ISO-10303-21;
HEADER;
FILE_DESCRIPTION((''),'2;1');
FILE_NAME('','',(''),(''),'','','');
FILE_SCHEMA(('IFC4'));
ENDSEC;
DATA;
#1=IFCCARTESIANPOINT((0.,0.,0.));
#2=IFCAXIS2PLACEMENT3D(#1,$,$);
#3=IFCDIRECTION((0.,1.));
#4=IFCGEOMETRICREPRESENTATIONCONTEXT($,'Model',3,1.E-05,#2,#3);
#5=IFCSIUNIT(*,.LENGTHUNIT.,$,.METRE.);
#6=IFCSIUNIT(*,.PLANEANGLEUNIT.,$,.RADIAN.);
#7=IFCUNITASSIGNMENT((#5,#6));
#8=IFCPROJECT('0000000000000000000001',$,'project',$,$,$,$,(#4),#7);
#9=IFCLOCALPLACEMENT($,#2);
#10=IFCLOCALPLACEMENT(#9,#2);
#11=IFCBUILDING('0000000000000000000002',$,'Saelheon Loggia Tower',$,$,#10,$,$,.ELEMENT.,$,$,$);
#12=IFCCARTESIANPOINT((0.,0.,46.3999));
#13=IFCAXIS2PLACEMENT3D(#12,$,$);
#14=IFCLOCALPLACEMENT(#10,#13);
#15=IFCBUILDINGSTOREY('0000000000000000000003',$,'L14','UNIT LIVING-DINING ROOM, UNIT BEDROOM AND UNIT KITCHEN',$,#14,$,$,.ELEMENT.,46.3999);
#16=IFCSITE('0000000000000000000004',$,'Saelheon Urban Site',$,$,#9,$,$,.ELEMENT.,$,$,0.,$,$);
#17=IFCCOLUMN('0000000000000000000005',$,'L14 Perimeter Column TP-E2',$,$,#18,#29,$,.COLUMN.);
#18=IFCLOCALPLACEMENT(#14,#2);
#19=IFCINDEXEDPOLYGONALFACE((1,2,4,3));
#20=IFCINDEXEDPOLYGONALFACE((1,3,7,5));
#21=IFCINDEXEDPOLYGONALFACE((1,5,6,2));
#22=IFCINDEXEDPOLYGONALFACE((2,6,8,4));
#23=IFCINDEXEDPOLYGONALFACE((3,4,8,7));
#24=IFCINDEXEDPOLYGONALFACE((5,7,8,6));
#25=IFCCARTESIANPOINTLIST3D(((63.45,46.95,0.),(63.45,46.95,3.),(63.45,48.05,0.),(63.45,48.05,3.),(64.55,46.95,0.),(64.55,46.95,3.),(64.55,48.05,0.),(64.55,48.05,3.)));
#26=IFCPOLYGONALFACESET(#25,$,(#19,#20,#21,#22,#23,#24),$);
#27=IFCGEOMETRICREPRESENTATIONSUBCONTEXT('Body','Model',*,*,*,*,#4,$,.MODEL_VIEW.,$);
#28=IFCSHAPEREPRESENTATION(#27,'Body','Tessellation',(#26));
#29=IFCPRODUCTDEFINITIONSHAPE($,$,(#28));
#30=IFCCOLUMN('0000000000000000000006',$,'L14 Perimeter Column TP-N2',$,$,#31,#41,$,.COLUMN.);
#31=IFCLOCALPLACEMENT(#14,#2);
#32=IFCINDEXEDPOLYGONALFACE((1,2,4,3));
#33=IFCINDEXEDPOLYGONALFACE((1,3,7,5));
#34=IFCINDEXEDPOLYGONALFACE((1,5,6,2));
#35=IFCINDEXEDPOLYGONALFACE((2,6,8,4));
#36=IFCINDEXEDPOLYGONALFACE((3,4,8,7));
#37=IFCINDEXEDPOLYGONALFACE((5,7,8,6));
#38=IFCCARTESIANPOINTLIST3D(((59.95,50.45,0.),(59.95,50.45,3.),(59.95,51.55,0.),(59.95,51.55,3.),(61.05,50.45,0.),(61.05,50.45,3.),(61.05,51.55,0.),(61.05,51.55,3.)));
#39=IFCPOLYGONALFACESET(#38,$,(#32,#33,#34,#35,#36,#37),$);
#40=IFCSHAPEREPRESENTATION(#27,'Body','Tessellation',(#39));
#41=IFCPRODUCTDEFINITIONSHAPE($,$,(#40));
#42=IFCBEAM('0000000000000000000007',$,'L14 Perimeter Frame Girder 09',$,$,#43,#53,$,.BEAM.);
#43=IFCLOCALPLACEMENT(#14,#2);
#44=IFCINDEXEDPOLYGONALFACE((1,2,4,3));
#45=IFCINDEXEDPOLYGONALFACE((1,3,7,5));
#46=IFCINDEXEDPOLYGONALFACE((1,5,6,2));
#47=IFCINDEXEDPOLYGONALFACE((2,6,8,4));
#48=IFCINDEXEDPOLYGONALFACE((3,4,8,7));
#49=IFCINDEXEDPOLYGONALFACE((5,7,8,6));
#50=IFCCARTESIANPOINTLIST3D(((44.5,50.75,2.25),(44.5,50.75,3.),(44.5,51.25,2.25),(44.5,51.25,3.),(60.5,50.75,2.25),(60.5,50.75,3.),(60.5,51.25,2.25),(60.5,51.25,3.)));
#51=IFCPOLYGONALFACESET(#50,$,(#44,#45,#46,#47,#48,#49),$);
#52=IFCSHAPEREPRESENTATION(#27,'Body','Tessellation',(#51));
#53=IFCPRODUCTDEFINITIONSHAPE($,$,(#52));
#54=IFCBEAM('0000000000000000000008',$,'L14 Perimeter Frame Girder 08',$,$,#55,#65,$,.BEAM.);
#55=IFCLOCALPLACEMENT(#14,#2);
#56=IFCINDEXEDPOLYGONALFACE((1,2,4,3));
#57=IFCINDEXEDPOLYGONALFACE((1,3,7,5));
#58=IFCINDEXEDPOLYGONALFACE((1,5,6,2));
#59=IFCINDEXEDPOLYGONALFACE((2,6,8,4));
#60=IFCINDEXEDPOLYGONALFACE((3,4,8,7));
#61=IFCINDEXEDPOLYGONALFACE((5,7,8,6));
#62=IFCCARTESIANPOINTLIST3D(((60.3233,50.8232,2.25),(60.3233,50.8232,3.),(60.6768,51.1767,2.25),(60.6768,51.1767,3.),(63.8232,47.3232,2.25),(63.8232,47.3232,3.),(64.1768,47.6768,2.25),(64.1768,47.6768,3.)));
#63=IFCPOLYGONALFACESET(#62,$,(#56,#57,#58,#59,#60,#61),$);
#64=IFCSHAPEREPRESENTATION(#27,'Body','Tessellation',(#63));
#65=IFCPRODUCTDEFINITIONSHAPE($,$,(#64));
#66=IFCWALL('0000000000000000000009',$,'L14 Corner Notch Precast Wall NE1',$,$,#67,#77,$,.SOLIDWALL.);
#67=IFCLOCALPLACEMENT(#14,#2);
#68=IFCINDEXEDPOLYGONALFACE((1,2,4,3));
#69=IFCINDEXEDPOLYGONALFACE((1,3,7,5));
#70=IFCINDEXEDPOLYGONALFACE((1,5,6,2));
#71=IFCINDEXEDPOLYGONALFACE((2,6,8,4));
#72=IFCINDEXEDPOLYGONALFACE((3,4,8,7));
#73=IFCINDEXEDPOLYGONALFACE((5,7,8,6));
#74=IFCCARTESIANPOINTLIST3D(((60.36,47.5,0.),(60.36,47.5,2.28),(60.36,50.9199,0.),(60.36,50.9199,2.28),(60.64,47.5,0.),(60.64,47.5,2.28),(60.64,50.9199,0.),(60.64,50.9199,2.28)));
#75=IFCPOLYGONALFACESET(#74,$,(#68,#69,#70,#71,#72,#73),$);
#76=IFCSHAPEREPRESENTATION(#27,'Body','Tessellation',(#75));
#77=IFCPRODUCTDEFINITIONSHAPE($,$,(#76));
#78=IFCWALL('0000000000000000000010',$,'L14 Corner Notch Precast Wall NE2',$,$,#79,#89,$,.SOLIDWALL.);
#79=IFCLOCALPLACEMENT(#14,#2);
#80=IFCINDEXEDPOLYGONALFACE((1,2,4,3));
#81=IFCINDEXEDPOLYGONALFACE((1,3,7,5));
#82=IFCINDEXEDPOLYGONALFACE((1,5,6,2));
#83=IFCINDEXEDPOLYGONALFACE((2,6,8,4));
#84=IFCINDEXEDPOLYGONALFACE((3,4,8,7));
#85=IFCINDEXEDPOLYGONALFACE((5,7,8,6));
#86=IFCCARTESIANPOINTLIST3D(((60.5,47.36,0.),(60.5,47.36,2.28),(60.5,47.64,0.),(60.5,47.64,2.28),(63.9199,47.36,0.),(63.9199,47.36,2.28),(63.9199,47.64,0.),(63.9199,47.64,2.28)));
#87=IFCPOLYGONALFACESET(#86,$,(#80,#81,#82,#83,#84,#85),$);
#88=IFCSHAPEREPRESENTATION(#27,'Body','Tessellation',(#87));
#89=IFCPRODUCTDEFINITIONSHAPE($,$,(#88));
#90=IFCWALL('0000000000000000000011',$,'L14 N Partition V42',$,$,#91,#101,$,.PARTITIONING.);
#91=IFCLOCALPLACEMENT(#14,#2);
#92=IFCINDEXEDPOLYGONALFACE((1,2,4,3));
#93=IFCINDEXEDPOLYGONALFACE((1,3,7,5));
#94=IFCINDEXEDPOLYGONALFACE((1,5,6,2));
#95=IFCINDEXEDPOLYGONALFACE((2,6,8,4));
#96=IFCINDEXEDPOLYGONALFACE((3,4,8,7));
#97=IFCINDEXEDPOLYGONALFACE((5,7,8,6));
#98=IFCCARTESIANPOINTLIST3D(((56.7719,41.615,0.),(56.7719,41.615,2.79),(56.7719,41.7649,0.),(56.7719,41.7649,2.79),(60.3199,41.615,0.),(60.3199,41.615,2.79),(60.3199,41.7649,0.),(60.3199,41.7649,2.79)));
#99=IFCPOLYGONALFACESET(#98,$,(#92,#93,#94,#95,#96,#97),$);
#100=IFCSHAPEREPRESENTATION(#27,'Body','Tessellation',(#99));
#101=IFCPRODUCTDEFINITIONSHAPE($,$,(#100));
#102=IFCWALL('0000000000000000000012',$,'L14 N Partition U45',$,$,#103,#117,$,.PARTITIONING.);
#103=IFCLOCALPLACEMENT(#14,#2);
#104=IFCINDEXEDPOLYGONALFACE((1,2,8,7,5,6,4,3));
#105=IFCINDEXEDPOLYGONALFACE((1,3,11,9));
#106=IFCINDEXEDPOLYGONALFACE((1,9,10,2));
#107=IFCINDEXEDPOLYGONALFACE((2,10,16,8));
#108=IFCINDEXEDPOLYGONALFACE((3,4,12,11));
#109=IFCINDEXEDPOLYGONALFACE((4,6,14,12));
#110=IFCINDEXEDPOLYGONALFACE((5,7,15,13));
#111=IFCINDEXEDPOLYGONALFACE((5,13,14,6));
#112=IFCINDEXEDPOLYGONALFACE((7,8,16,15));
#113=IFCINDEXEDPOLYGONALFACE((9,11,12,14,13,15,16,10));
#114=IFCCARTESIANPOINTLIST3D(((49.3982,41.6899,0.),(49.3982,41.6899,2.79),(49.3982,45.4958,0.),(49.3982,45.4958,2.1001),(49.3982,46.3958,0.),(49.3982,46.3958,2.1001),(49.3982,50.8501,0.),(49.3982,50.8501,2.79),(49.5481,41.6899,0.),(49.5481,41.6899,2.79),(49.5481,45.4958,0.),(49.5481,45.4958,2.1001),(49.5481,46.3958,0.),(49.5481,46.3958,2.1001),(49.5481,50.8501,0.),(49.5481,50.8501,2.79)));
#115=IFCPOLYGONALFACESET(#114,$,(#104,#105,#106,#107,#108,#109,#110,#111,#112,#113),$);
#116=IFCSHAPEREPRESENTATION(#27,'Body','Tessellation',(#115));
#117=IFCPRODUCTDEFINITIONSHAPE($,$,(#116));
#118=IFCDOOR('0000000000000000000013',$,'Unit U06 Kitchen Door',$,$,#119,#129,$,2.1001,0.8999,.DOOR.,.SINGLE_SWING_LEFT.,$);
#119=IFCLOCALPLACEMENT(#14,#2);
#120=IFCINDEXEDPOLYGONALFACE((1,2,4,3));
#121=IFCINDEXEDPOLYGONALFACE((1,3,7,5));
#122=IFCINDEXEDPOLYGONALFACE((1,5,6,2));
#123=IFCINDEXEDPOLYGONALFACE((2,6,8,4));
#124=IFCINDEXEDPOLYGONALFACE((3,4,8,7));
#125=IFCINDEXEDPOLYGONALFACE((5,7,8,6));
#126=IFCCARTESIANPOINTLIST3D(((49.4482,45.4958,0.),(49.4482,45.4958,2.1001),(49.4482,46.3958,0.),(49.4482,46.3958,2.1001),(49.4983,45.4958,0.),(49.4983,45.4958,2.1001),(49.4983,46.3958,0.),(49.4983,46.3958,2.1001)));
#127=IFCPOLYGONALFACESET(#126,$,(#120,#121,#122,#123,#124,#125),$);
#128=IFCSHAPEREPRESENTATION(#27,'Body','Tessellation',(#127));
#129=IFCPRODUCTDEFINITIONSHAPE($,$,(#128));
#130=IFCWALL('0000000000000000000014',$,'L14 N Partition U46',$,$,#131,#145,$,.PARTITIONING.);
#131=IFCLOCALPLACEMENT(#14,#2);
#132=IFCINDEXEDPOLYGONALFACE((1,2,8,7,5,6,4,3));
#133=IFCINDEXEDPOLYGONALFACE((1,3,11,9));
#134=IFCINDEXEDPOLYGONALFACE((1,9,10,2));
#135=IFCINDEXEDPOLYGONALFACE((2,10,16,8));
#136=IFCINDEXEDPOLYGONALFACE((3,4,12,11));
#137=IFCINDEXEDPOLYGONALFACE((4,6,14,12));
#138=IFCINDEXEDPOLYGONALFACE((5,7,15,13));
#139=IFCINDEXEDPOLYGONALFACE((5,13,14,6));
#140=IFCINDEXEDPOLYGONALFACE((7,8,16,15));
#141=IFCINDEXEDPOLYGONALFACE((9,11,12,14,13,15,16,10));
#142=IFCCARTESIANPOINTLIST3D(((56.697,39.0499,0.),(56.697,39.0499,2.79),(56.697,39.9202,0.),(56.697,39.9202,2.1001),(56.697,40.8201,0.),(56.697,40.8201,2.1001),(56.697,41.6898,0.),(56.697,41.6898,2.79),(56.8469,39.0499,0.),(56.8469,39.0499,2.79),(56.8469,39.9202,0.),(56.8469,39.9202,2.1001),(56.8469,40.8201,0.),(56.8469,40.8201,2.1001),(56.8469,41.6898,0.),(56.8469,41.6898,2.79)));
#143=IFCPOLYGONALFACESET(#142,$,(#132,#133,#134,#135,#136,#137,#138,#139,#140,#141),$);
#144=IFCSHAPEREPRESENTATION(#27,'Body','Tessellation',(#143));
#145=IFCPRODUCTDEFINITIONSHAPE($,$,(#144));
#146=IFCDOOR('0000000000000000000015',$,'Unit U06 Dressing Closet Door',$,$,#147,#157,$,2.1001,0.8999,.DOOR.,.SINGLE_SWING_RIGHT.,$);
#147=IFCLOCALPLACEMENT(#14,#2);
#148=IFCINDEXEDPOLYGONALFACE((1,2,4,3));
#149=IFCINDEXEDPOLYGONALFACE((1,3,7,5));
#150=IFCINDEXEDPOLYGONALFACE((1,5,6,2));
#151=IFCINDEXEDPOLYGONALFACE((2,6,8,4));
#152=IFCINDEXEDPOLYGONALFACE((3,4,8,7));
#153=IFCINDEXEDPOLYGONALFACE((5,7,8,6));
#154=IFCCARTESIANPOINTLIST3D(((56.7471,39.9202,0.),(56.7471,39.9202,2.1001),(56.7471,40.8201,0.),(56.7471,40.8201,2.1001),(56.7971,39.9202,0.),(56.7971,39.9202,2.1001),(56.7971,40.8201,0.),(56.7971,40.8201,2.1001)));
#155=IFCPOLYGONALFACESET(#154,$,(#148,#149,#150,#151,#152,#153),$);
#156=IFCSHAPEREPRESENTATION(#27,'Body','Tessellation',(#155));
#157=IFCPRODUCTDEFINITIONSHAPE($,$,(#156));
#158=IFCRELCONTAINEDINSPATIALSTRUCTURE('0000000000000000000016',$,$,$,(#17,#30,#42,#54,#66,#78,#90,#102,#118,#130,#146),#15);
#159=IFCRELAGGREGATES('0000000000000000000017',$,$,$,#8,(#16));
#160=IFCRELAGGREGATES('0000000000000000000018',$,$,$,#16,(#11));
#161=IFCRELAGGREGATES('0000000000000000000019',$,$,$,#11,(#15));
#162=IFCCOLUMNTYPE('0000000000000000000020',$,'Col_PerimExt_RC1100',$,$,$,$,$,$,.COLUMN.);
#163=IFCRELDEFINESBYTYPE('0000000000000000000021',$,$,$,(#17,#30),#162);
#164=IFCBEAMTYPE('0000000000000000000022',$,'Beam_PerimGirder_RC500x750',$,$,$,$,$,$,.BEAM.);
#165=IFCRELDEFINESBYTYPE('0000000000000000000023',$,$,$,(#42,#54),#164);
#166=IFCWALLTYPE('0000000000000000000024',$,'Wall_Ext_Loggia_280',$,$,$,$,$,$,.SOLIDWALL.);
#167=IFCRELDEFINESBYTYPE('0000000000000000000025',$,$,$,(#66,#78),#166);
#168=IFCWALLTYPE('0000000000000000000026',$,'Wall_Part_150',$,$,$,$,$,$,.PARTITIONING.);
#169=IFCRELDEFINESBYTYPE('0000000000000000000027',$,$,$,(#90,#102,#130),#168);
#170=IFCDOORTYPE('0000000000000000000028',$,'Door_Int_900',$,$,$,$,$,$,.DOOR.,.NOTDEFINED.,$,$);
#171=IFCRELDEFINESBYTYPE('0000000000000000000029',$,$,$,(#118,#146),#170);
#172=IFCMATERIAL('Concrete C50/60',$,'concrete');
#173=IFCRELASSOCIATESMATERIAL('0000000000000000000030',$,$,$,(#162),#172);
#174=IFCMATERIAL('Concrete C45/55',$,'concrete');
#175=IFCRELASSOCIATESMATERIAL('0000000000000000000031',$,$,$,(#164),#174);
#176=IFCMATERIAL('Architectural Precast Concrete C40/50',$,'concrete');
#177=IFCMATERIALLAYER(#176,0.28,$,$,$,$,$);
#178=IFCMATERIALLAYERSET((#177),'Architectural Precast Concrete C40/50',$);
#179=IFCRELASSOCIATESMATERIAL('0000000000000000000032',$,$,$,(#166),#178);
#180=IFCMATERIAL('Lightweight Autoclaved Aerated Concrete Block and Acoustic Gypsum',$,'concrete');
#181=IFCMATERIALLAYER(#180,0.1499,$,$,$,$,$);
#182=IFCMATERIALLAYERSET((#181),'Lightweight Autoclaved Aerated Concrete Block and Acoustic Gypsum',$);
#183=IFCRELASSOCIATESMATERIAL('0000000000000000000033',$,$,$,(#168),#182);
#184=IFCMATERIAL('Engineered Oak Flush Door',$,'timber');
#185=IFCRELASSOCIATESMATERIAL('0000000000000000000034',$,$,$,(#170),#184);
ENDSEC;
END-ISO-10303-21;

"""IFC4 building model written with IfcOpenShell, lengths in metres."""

from ifc_helpers import new_model, si_unit, direction, frame, frame_2d, origin, origin_2d, place, context, subcontext, project, spatial, rectangle, extrude, source, transform, mapped, material, layer, layer_set, material_profile, profile_set, type_object, element, fill, save


model = new_model("IFC4")

# Units and contexts
model_context = context("Model", 3, precision=1e-05, world=origin(), true_north=direction((0.0, 1.0)))
body_context = subcontext(model_context, "Body", "Model", "MODEL_VIEW")
ifc_project = project(units=[si_unit("LENGTHUNIT", "METRE"), si_unit("PLANEANGLEUNIT", "RADIAN")], contexts=[model_context])

# Site, building, storey
site_placement = place(None, origin())
site = spatial("IfcSite", under=ifc_project, at=site_placement, Name="Saelheon Urban Site", CompositionType="ELEMENT", RefElevation=0.0)
building_placement = place(site_placement, origin())
building = spatial("IfcBuilding", under=site, at=building_placement, Name="Saelheon Loggia Tower", CompositionType="ELEMENT")
storey_placement = place(building_placement, frame((0.0, 0.0, 46.3999)))
storey = spatial("IfcBuildingStorey", under=building, at=storey_placement, Name="L14", Description="UNIT LIVING-DINING ROOM, UNIT BEDROOM AND UNIT KITCHEN", CompositionType="ELEMENT", Elevation=46.3999)

# Columns
ifc_material_1 = material(Name="Concrete C50/60", Category="concrete")
ifc_material_profile_1 = material_profile(ifc_material_1, rectangle(XDim=1.1001, YDim=1.1001, at=origin_2d()), Name="RC-1100x1100")
ifc_profile_set_1 = profile_set([ifc_material_profile_1], Name="Concrete C50/60")
column_type = type_object("IfcColumnType", Name="Col_PerimExt_RC1100", PredefinedType="COLUMN", material=ifc_profile_set_1)
shared_shape_1 = source(origin(), body_context, "Body", "SweptSolid", [
    extrude(rectangle(XDim=1.1001, YDim=1.1001, at=origin_2d()), origin(), (0.0, 0.0, 1.0), 3.0),
])
for number, where, z_axis, x_axis, name in (
    (1, (64.0, 47.5, 0.0), (0.0, 0.0, 1.0), (1.0, 0.0, 0.0), "L14 Perimeter Column TP-E2"),
    (2, (60.5, 51.0, 0.0), (0.0, 0.0, 1.0), (1.0, 0.0, 0.0), "L14 Perimeter Column TP-N2"),
):
    element("IfcColumn", number, at=place(storey_placement, frame(where, z_axis=z_axis, x_axis=x_axis)), inside=storey, type_object=column_type, Name=name, PredefinedType="COLUMN", context=body_context, shape_type="MappedRepresentation", body=[
        mapped(shared_shape_1, transform((0.0, 0.0, 0.0), scale=1.0)),
    ])

# Beams
ifc_material_2 = material(Name="Concrete C45/55", Category="concrete")
ifc_material_profile_2 = material_profile(ifc_material_2, rectangle(XDim=0.5, YDim=0.75, at=origin_2d()), Name="RC-500x750")
ifc_profile_set_2 = profile_set([ifc_material_profile_2], Name="Concrete C45/55")
beam_type = type_object("IfcBeamType", Name="Beam_PerimGirder_RC500x750", PredefinedType="BEAM", material=ifc_profile_set_2)
shared_shape_2 = source(origin(), body_context, "Body", "SweptSolid", [
    extrude(rectangle(XDim=0.5, YDim=0.75, at=origin_2d()), origin(), (0.0, 0.0, 1.0), 16.0),
])
beam_1_placement = place(storey_placement, frame((60.5, 51.0, 2.625), z_axis=(-1.0, 0.0, 0.0), x_axis=(0.0, -1.0, 0.0)))
element("IfcBeam", 3, at=beam_1_placement, inside=storey, type_object=beam_type, Name="L14 Perimeter Frame Girder 09", PredefinedType="BEAM", context=body_context, shape_type="MappedRepresentation", body=[
    mapped(shared_shape_2, transform((0.0, 0.0, 0.0), scale=1.0)),
])
shared_shape_3 = source(origin(), body_context, "Body", "SweptSolid", [
    extrude(rectangle(XDim=0.5, YDim=0.75, at=origin_2d()), origin(), (0.0, 0.0, 1.0), 4.9497),
])
beam_2_placement = place(storey_placement, frame((64.0, 47.5, 2.625), z_axis=(-0.707107, 0.707107, 0.0), x_axis=(-0.707107, -0.707107, 0.0)))
element("IfcBeam", 4, at=beam_2_placement, inside=storey, type_object=beam_type, Name="L14 Perimeter Frame Girder 08", PredefinedType="BEAM", context=body_context, shape_type="MappedRepresentation", body=[
    mapped(shared_shape_3, transform((0.0, 0.0, 0.0), scale=1.0)),
])

# Walls
ifc_material_3 = material(Name="Architectural Precast Concrete C40/50", Category="concrete")
ifc_layer_1 = layer(ifc_material_3, 0.28)
ifc_layer_set_1 = layer_set([ifc_layer_1], Name="Architectural Precast Concrete C40/50")
wall_type_1 = type_object("IfcWallType", Name="Wall_Ext_Loggia_280", PredefinedType="SOLIDWALL", material=ifc_layer_set_1)
for number, where, z_axis, x_axis, name in (
    (5, (60.5, 47.5, 0.0), (0.0, 0.0, 1.0), (0.0, 1.0, 0.0), "L14 Corner Notch Precast Wall NE1"),
    (6, (60.5, 47.5, 0.0), (0.0, 0.0, 1.0), (1.0, 0.0, 0.0), "L14 Corner Notch Precast Wall NE2"),
):
    element("IfcWall", number, at=place(storey_placement, frame(where, z_axis=z_axis, x_axis=x_axis)), inside=storey, type_object=wall_type_1, Name=name, PredefinedType="SOLIDWALL", context=body_context, shape_type="SweptSolid", body=[
        extrude(rectangle(XDim=3.4199, YDim=0.28, at=frame_2d((1.71, 0.0))), origin(), (0.0, 0.0, 1.0), 2.28),
    ])
ifc_material_4 = material(Name="Lightweight Autoclaved Aerated Concrete Block and Acoustic Gypsum", Category="concrete")
ifc_layer_2 = layer(ifc_material_4, 0.1499)
ifc_layer_set_2 = layer_set([ifc_layer_2], Name="Lightweight Autoclaved Aerated Concrete Block and Acoustic Gypsum")
wall_type_2 = type_object("IfcWallType", Name="Wall_Part_150", PredefinedType="PARTITIONING", material=ifc_layer_set_2)
wall_1_placement = place(storey_placement, frame((56.772, 41.6899, 0.0), z_axis=(0.0, 0.0, 1.0), x_axis=(1.0, 0.0, 0.0)))
element("IfcWall", 7, at=wall_1_placement, inside=storey, type_object=wall_type_2, Name="L14 N Partition V42", PredefinedType="PARTITIONING", context=body_context, shape_type="SweptSolid", body=[
    extrude(rectangle(XDim=3.5481, YDim=0.1499, at=frame_2d((1.7739, 0.0))), origin(), (0.0, 0.0, 1.0), 2.79),
])

# Walls, openings, doors
wall_2_placement = place(storey_placement, frame((49.4731, 41.6899, 0.0), z_axis=(0.0, 0.0, 1.0), x_axis=(0.0, 1.0, 0.0)))
wall_2 = element("IfcWall", 8, at=wall_2_placement, inside=storey, type_object=wall_type_2, Name="L14 N Partition U45", PredefinedType="PARTITIONING", context=body_context, shape_type="SweptSolid", body=[
    extrude(rectangle(XDim=9.1602, YDim=0.1499, at=frame_2d((4.5801, 0.0))), origin(), (0.0, 0.0, 1.0), 2.79),
])
opening_1_placement = place(wall_2_placement, frame((3.8059, 0.0, 0.0)))
opening_1 = element("IfcOpeningElement", 9, at=opening_1_placement, cuts=wall_2, PredefinedType="OPENING", context=body_context, shape_type="SweptSolid", body=[
    extrude(rectangle(XDim=0.8999, YDim=2.1001, at=frame_2d((0.45, 1.05))), frame((0.0, 0.0869, 0.0), z_axis=(0.0, -1.0, 0.0), x_axis=(1.0, 0.0, 0.0)), (0.0, 0.0, 1.0), 0.1738),
])
ifc_material_5 = material(Name="Engineered Oak Flush Door", Category="timber")
door_type_1 = type_object("IfcDoorType", Name="Door_Int_900", OperationType="NOTDEFINED", PredefinedType="DOOR", material=ifc_material_5)
shared_shape_4 = source(origin(), body_context, "Body", "SweptSolid", [
    extrude(rectangle(XDim=0.8999, YDim=2.1001, at=frame_2d((0.45, 1.05))), frame((0.0, 0.0249, 0.0), z_axis=(0.0, -1.0, 0.0), x_axis=(1.0, 0.0, 0.0)), (0.0, 0.0, 1.0), 0.05),
])
door_1_placement = place(opening_1_placement, origin())
door_1 = element("IfcDoor", 10, at=door_1_placement, inside=storey, type_object=door_type_1, Name="Unit U06 Kitchen Door", OperationType="SINGLE_SWING_LEFT", OverallHeight=2.1001, OverallWidth=0.8999, PredefinedType="DOOR", context=body_context, shape_type="MappedRepresentation", body=[
    mapped(shared_shape_4, transform((0.0, 0.0, 0.0), scale=1.0)),
])
fill(opening_1, door_1)
wall_3_placement = place(storey_placement, frame((56.772, 39.05, 0.0), z_axis=(0.0, 0.0, 1.0), x_axis=(0.0, 1.0, 0.0)))
wall_3 = element("IfcWall", 11, at=wall_3_placement, inside=storey, type_object=wall_type_2, Name="L14 N Partition U46", PredefinedType="PARTITIONING", context=body_context, shape_type="SweptSolid", body=[
    extrude(rectangle(XDim=2.6399, YDim=0.1499, at=frame_2d((1.3198, 0.0))), origin(), (0.0, 0.0, 1.0), 2.79),
])
opening_2_placement = place(wall_3_placement, frame((0.8701, 0.0, 0.0)))
opening_2 = element("IfcOpeningElement", 12, at=opening_2_placement, cuts=wall_3, PredefinedType="OPENING", context=body_context, shape_type="SweptSolid", body=[
    extrude(rectangle(XDim=0.8999, YDim=2.1001, at=frame_2d((0.45, 1.05))), frame((0.0, 0.0869, 0.0), z_axis=(0.0, -1.0, 0.0), x_axis=(1.0, 0.0, 0.0)), (0.0, 0.0, 1.0), 0.1738),
])
door_2_placement = place(opening_2_placement, origin())
door_2 = element("IfcDoor", 13, at=door_2_placement, inside=storey, type_object=door_type_1, Name="Unit U06 Dressing Closet Door", OperationType="SINGLE_SWING_RIGHT", OverallHeight=2.1001, OverallWidth=0.8999, PredefinedType="DOOR", context=body_context, shape_type="MappedRepresentation", body=[
    mapped(shared_shape_4, transform((0.0, 0.0, 0.0), scale=1.0)),
])
fill(opening_2, door_2)

save(model, "model.ifc")
